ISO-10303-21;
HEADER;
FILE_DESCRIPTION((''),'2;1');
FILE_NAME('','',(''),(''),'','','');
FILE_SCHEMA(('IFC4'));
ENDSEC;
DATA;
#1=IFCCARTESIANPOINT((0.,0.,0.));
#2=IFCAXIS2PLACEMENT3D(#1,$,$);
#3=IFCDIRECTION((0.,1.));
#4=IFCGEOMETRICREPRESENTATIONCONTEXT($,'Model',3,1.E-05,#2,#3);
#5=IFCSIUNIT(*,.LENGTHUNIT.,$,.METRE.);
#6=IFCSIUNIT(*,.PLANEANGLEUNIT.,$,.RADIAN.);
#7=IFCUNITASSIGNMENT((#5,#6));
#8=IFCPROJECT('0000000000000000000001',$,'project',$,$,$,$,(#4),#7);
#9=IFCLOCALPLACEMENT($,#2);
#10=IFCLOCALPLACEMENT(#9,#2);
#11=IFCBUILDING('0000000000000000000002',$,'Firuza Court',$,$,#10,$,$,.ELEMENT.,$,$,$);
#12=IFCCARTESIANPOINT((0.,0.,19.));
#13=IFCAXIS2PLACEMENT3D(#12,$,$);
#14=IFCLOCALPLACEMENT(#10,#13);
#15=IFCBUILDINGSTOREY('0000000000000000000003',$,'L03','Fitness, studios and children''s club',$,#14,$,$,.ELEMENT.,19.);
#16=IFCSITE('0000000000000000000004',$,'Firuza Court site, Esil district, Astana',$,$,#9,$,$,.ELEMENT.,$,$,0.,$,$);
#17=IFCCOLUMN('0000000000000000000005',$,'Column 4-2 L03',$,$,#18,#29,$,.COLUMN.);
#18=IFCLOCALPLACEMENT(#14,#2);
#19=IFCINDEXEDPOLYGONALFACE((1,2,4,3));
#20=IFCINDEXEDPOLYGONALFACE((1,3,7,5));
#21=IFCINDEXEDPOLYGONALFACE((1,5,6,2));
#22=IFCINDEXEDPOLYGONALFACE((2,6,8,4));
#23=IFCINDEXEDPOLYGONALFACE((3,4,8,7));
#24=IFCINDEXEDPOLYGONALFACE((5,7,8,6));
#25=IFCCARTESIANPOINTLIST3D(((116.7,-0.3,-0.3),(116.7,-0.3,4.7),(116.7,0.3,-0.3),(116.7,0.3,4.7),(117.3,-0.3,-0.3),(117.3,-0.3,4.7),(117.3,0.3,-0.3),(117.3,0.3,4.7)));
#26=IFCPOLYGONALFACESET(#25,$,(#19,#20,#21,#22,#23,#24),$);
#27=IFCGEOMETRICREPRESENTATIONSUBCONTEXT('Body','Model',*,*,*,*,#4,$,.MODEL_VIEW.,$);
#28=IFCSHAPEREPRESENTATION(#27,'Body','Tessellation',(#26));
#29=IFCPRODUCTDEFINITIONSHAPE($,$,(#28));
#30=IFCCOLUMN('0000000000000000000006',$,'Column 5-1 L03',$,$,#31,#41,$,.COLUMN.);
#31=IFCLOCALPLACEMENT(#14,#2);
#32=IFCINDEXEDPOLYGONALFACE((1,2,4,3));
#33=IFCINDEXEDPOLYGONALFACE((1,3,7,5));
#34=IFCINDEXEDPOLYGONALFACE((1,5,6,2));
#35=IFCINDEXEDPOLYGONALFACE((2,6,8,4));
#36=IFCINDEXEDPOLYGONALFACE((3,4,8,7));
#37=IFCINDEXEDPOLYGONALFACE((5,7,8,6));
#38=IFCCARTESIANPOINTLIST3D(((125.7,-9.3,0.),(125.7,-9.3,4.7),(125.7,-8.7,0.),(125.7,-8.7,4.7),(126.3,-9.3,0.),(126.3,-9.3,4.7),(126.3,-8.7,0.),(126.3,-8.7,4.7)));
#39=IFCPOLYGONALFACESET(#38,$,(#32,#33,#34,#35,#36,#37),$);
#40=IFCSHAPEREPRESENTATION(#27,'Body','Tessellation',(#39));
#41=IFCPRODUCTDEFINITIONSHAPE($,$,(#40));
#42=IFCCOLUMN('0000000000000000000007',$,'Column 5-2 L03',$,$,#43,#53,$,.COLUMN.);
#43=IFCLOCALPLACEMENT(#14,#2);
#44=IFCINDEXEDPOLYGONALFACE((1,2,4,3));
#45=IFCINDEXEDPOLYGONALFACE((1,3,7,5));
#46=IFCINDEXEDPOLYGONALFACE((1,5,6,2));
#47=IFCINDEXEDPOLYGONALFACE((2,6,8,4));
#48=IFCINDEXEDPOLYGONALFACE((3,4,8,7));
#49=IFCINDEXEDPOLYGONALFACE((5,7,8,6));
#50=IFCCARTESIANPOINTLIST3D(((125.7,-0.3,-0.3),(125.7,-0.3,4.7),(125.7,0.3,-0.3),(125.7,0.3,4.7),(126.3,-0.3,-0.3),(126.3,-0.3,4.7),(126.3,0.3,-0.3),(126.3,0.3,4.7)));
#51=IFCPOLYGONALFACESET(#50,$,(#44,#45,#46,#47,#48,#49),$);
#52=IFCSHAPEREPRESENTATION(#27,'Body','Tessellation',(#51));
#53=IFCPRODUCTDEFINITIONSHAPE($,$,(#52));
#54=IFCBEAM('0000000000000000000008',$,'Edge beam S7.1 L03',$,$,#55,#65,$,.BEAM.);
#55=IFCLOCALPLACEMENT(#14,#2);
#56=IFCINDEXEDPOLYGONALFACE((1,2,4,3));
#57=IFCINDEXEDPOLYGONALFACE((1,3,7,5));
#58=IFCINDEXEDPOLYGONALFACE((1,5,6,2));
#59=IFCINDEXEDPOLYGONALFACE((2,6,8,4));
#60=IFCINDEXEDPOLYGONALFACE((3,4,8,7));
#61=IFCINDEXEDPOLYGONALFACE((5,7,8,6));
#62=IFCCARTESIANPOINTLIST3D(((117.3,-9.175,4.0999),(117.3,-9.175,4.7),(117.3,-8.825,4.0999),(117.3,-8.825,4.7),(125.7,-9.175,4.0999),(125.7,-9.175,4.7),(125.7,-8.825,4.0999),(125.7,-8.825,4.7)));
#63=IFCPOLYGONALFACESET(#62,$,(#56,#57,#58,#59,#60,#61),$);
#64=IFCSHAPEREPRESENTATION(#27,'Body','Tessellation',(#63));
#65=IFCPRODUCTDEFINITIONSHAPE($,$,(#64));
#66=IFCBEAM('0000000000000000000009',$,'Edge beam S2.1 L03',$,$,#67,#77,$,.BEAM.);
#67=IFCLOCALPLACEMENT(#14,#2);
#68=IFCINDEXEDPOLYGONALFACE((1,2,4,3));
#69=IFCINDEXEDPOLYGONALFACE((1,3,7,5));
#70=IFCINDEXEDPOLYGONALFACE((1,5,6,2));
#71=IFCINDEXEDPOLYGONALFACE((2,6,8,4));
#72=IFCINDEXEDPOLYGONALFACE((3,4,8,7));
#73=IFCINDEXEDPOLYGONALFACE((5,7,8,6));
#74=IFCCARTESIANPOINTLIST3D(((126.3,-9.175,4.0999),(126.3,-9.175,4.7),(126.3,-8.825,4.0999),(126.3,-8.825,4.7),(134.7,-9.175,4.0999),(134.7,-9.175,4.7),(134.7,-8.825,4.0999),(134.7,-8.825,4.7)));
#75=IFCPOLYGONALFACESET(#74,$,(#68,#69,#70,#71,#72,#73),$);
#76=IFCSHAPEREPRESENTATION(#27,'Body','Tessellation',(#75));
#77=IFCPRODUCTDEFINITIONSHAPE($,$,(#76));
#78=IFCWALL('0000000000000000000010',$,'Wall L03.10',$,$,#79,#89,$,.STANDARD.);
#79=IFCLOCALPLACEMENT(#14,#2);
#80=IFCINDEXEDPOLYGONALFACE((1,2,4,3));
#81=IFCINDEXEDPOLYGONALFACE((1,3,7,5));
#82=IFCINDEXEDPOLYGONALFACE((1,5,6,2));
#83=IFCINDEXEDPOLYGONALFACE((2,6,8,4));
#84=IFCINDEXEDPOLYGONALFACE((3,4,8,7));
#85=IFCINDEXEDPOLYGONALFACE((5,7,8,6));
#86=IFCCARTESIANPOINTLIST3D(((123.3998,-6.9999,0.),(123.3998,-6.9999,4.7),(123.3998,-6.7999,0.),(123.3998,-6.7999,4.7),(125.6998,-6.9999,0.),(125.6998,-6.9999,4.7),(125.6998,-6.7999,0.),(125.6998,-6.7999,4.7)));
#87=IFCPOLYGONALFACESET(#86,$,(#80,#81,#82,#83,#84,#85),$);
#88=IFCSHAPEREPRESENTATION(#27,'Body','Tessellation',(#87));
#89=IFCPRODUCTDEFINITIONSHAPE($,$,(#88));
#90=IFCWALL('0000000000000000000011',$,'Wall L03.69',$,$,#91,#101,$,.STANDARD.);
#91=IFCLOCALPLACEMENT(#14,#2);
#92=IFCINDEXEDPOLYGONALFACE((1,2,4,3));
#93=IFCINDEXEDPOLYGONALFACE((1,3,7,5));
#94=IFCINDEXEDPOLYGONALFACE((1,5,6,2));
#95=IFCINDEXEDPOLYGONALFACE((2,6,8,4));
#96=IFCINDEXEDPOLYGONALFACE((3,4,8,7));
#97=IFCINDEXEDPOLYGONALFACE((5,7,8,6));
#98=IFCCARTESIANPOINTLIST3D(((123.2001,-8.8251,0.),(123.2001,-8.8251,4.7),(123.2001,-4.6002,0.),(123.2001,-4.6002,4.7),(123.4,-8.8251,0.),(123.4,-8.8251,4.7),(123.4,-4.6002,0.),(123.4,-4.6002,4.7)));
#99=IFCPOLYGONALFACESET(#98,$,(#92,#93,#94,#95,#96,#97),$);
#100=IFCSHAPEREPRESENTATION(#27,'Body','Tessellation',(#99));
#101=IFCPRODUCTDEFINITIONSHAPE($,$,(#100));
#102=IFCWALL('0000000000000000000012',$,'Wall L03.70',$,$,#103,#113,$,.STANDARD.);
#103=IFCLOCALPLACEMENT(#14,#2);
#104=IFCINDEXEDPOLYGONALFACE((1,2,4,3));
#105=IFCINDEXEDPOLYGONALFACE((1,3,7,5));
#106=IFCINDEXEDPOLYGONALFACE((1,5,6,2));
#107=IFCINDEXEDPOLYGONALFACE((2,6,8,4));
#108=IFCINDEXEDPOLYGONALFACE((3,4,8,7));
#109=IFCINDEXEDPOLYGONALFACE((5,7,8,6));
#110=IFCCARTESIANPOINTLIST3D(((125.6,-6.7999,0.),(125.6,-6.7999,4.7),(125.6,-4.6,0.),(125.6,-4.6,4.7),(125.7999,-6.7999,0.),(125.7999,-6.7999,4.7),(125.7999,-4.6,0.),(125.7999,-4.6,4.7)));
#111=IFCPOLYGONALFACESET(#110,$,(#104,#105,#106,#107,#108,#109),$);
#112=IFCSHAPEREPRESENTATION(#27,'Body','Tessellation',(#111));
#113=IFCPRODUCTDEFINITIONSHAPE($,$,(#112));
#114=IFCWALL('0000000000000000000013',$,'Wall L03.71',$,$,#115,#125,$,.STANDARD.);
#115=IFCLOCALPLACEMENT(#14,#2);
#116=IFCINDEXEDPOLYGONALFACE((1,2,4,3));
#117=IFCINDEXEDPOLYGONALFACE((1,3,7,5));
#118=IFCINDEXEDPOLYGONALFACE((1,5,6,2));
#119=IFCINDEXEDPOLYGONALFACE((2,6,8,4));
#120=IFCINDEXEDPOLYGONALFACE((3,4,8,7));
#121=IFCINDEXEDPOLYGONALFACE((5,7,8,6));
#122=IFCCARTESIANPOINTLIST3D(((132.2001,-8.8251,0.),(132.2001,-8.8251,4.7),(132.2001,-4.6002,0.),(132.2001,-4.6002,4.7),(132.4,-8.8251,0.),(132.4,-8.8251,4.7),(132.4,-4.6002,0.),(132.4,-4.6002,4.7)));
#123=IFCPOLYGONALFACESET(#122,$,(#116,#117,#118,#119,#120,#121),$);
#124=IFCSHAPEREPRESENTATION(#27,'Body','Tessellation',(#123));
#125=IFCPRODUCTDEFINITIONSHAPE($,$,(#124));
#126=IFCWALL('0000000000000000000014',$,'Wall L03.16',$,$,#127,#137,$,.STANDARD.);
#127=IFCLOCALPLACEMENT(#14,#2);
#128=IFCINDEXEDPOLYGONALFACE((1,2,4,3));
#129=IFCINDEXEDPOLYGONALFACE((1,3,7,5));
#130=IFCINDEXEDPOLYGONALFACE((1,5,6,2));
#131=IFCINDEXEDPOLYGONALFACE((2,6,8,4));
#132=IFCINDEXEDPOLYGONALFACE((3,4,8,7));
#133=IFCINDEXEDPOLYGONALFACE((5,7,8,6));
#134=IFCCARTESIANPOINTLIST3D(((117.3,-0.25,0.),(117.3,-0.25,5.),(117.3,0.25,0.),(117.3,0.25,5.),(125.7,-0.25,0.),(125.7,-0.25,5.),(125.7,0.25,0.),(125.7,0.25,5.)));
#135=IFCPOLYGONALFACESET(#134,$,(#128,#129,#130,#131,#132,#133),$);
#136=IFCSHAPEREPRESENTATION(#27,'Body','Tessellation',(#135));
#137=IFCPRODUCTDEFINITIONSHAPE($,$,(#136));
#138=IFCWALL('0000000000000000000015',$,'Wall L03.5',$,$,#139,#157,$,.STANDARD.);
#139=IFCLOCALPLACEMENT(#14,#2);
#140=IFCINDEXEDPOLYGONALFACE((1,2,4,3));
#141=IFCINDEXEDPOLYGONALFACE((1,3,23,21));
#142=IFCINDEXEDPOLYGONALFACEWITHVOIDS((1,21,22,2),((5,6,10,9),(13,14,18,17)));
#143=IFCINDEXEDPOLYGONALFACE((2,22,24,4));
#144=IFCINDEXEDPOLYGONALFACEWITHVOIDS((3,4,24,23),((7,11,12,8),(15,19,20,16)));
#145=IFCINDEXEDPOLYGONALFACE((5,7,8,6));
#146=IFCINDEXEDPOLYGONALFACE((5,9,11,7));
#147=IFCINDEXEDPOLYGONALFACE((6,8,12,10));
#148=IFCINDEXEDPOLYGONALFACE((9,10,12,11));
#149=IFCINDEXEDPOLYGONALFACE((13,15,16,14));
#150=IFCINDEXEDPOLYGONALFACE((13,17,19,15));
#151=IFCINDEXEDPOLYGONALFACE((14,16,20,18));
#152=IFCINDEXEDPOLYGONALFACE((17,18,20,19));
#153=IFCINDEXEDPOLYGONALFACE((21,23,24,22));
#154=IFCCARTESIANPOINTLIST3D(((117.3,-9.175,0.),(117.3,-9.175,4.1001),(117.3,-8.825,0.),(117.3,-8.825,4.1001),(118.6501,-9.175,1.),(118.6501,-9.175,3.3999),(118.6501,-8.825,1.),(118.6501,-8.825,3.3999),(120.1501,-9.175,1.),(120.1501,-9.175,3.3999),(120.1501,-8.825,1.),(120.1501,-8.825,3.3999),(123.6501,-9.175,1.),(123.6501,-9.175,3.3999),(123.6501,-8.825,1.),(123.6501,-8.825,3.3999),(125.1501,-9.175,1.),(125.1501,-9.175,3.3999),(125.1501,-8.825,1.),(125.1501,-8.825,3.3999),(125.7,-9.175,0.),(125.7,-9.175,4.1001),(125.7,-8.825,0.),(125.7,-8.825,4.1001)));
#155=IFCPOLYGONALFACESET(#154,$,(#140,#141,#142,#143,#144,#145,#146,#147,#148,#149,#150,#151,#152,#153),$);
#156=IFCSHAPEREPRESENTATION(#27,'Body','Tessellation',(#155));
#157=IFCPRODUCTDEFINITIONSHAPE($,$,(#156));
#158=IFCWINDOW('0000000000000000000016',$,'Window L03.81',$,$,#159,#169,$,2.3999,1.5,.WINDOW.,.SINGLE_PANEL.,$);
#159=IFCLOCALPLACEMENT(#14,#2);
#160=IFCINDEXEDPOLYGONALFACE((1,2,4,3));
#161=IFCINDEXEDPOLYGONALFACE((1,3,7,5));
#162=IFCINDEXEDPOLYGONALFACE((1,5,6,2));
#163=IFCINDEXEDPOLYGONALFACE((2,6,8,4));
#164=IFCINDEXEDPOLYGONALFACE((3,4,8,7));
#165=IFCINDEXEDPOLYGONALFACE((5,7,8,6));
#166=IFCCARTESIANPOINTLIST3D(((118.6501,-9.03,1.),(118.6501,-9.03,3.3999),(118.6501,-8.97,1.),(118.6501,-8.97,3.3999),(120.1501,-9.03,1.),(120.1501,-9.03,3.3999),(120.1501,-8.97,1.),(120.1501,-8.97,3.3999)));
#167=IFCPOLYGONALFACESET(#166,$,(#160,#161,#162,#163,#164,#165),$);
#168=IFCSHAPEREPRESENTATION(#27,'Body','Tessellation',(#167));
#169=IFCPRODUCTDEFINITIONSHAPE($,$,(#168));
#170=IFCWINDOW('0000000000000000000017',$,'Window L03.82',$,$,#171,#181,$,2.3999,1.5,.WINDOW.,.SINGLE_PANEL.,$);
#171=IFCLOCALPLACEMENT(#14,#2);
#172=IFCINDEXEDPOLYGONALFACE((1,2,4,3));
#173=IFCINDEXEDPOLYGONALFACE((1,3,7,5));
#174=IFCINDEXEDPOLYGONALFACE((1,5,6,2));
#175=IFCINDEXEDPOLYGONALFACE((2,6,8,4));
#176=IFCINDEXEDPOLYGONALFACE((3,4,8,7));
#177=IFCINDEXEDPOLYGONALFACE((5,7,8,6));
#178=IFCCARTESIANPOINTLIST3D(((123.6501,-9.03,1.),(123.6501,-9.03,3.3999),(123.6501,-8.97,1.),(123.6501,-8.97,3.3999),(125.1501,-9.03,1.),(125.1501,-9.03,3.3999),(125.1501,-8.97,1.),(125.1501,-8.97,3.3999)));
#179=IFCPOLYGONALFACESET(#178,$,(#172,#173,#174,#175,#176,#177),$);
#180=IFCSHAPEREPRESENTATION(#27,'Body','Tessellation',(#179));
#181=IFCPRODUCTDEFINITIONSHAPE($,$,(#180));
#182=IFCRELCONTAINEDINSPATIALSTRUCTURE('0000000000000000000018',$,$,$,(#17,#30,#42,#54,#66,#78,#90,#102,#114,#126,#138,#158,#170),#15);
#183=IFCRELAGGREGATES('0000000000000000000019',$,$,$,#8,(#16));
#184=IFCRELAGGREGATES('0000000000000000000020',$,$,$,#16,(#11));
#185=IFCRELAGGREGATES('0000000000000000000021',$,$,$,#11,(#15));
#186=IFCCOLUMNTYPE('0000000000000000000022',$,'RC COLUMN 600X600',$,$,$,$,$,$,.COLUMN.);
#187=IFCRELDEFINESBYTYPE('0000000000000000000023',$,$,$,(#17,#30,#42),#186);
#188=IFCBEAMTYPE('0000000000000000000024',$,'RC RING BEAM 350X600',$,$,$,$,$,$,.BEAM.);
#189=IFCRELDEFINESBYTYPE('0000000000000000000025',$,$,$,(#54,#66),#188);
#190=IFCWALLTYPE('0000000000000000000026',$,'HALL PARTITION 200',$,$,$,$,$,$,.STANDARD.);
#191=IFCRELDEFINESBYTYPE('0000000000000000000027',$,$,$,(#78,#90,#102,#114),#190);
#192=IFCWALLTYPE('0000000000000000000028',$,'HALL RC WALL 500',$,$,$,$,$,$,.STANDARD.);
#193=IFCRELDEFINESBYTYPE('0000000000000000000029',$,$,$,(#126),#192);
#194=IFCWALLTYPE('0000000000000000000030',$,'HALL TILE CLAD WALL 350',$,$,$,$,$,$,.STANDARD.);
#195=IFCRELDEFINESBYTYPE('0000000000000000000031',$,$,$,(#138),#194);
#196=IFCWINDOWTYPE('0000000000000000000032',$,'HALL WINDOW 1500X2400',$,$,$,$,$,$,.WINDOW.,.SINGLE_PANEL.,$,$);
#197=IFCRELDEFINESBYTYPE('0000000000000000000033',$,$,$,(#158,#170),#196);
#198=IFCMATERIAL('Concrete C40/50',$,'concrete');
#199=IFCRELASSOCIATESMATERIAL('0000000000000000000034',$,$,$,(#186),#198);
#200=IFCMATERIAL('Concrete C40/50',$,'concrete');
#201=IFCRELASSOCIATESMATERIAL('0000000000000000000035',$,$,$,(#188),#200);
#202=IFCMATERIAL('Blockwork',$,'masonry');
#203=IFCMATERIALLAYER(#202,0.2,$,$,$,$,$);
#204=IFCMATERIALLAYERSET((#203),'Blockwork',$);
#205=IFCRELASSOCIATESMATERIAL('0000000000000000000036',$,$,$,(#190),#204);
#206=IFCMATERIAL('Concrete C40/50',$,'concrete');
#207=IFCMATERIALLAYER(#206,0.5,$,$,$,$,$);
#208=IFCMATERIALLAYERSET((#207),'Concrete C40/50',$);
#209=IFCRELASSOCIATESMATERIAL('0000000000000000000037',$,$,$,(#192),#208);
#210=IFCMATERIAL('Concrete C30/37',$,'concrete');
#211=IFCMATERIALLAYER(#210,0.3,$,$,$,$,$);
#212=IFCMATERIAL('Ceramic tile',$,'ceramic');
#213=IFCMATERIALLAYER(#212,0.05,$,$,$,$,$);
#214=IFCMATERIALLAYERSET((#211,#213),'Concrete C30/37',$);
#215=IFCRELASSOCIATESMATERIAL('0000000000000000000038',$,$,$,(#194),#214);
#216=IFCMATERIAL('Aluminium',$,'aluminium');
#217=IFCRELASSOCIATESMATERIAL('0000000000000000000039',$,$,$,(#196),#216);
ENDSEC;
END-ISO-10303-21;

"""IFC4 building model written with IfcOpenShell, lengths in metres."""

from ifc_helpers import new_model, si_unit, direction, frame, frame_2d, origin, origin_2d, place, context, subcontext, project, spatial, rectangle, extrude, material, layer, layer_set, material_profile, profile_set, type_object, element, fill, save


model = new_model("IFC4")

# Units and contexts
model_context = context("Model", 3, precision=1e-05, world=origin(), true_north=direction((0.0, 1.0)))
body_context = subcontext(model_context, "Body", "Model", "MODEL_VIEW")
ifc_project = project(units=[si_unit("LENGTHUNIT", "METRE"), si_unit("PLANEANGLEUNIT", "RADIAN")], contexts=[model_context])

# Site, building, storey
site_placement = place(None, origin())
site = spatial("IfcSite", under=ifc_project, at=site_placement, Name="Firuza Court site, Esil district, Astana", CompositionType="ELEMENT", RefElevation=0.0)
building_placement = place(site_placement, origin())
building = spatial("IfcBuilding", under=site, at=building_placement, Name="Firuza Court", CompositionType="ELEMENT")
storey_placement = place(building_placement, frame((0.0, 0.0, 19.0)))
storey = spatial("IfcBuildingStorey", under=building, at=storey_placement, Name="L03", Description="Fitness, studios and children's club", CompositionType="ELEMENT", Elevation=19.0)

# Columns
ifc_material_1 = material(Name="Concrete C40/50", Category="concrete")
ifc_material_profile_1 = material_profile(ifc_material_1, rectangle(XDim=0.6001, YDim=0.6001, at=origin_2d()), Name="RC 600X600")
ifc_profile_set_1 = profile_set([ifc_material_profile_1], Name="Concrete C40/50")
column_type = type_object("IfcColumnType", Name="RC COLUMN 600X600", PredefinedType="COLUMN", material=ifc_profile_set_1)
column_1_placement = place(storey_placement, frame((117.0, 0.0, -0.3), z_axis=(0.0, 0.0, 1.0), x_axis=(1.0, 0.0, 0.0)))
element("IfcColumn", 1, at=column_1_placement, inside=storey, type_object=column_type, Name="Column 4-2 L03", PredefinedType="COLUMN", context=body_context, shape_type="SweptSolid", body=[
    extrude(rectangle(XDim=0.6001, YDim=0.6001, at=origin_2d()), origin(), (0.0, 0.0, 1.0), 5.0),
])
column_2_placement = place(storey_placement, frame((126.0, -9.0, 0.0), z_axis=(0.0, 0.0, 1.0), x_axis=(1.0, 0.0, 0.0)))
element("IfcColumn", 2, at=column_2_placement, inside=storey, type_object=column_type, Name="Column 5-1 L03", PredefinedType="COLUMN", context=body_context, shape_type="SweptSolid", body=[
    extrude(rectangle(XDim=0.6001, YDim=0.6001, at=origin_2d()), origin(), (0.0, 0.0, 1.0), 4.7),
])
column_3_placement = place(storey_placement, frame((126.0, 0.0, -0.3), z_axis=(0.0, 0.0, 1.0), x_axis=(1.0, 0.0, 0.0)))
element("IfcColumn", 3, at=column_3_placement, inside=storey, type_object=column_type, Name="Column 5-2 L03", PredefinedType="COLUMN", context=body_context, shape_type="SweptSolid", body=[
    extrude(rectangle(XDim=0.6001, YDim=0.6001, at=origin_2d()), origin(), (0.0, 0.0, 1.0), 5.0),
])

# Beams
ifc_material_2 = material(Name="Concrete C40/50", Category="concrete")
ifc_material_profile_2 = material_profile(ifc_material_2, rectangle(XDim=0.3501, YDim=0.6001, at=origin_2d()), Name="RC 350X600")
ifc_profile_set_2 = profile_set([ifc_material_profile_2], Name="Concrete C40/50")
beam_type = type_object("IfcBeamType", Name="RC RING BEAM 350X600", PredefinedType="BEAM", material=ifc_profile_set_2)
for number, where, z_axis, x_axis, name in (
    (4, (117.3, -9.0, 4.3999), (1.0, 0.0, 0.0), (0.0, 1.0, 0.0), "Edge beam S7.1 L03"),
    (5, (126.3, -9.0, 4.3999), (1.0, 0.0, 0.0), (0.0, 1.0, 0.0), "Edge beam S2.1 L03"),
):
    element("IfcBeam", number, at=place(storey_placement, frame(where, z_axis=z_axis, x_axis=x_axis)), inside=storey, type_object=beam_type, Name=name, PredefinedType="BEAM", context=body_context, shape_type="SweptSolid", body=[
        extrude(rectangle(XDim=0.3501, YDim=0.6001, at=origin_2d()), origin(), (0.0, 0.0, 1.0), 8.3999),
    ])

# Walls
ifc_material_3 = material(Name="Blockwork", Category="masonry")
ifc_layer_1 = layer(ifc_material_3, 0.2)
ifc_layer_set_1 = layer_set([ifc_layer_1], Name="Blockwork")
wall_type_1 = type_object("IfcWallType", Name="HALL PARTITION 200", PredefinedType="STANDARD", material=ifc_layer_set_1)
wall_1_placement = place(storey_placement, frame((123.3999, -6.8999, 0.0), z_axis=(0.0, 0.0, 1.0), x_axis=(1.0, 0.0, 0.0)))
element("IfcWall", 6, at=wall_1_placement, inside=storey, type_object=wall_type_1, Name="Wall L03.10", PredefinedType="STANDARD", context=body_context, shape_type="SweptSolid", body=[
    extrude(rectangle(XDim=2.3, YDim=0.2, at=frame_2d((1.1499, 0.0))), origin(), (0.0, 0.0, 1.0), 4.7),
])
wall_2_placement = place(storey_placement, frame((123.3, -8.825, 0.0), z_axis=(0.0, 0.0, 1.0), x_axis=(0.0, 1.0, 0.0)))
element("IfcWall", 7, at=wall_2_placement, inside=storey, type_object=wall_type_1, Name="Wall L03.69", PredefinedType="STANDARD", context=body_context, shape_type="SweptSolid", body=[
    extrude(rectangle(XDim=4.2249, YDim=0.2, at=frame_2d((2.1123, 0.0))), origin(), (0.0, 0.0, 1.0), 4.7),
])
wall_3_placement = place(storey_placement, frame((125.7, -6.8, 0.0), z_axis=(0.0, 0.0, 1.0), x_axis=(0.0, 1.0, 0.0)))
element("IfcWall", 8, at=wall_3_placement, inside=storey, type_object=wall_type_1, Name="Wall L03.70", PredefinedType="STANDARD", context=body_context, shape_type="SweptSolid", body=[
    extrude(rectangle(XDim=2.2, YDim=0.2, at=frame_2d((1.1001, 0.0))), origin(), (0.0, 0.0, 1.0), 4.7),
])
wall_4_placement = place(storey_placement, frame((132.3, -8.825, 0.0), z_axis=(0.0, 0.0, 1.0), x_axis=(0.0, 1.0, 0.0)))
element("IfcWall", 9, at=wall_4_placement, inside=storey, type_object=wall_type_1, Name="Wall L03.71", PredefinedType="STANDARD", context=body_context, shape_type="SweptSolid", body=[
    extrude(rectangle(XDim=4.2249, YDim=0.2, at=frame_2d((2.1123, 0.0))), origin(), (0.0, 0.0, 1.0), 4.7),
])
ifc_material_4 = material(Name="Concrete C40/50", Category="concrete")
ifc_layer_2 = layer(ifc_material_4, 0.5)
ifc_layer_set_2 = layer_set([ifc_layer_2], Name="Concrete C40/50")
wall_type_2 = type_object("IfcWallType", Name="HALL RC WALL 500", PredefinedType="STANDARD", material=ifc_layer_set_2)
wall_5_placement = place(storey_placement, frame((117.3, 0.0, 0.0), z_axis=(0.0, 0.0, 1.0), x_axis=(1.0, 0.0, 0.0)))
element("IfcWall", 10, at=wall_5_placement, inside=storey, type_object=wall_type_2, Name="Wall L03.16", PredefinedType="STANDARD", context=body_context, shape_type="SweptSolid", body=[
    extrude(rectangle(XDim=8.3999, YDim=0.5, at=frame_2d((4.2, 0.0))), origin(), (0.0, 0.0, 1.0), 5.0),
])

# Wall, openings, windows
ifc_material_5 = material(Name="Concrete C30/37", Category="concrete")
ifc_layer_3 = layer(ifc_material_5, 0.3)
ifc_material_6 = material(Name="Ceramic tile", Category="ceramic")
ifc_layer_4 = layer(ifc_material_6, 0.05)
ifc_layer_set_3 = layer_set([ifc_layer_3, ifc_layer_4], Name="Concrete C30/37")
wall_type_3 = type_object("IfcWallType", Name="HALL TILE CLAD WALL 350", PredefinedType="STANDARD", material=ifc_layer_set_3)
wall_6_placement = place(storey_placement, frame((117.3, -9.0, 0.0), z_axis=(0.0, 0.0, 1.0), x_axis=(1.0, 0.0, 0.0)))
wall_6 = element("IfcWall", 11, at=wall_6_placement, inside=storey, type_object=wall_type_3, Name="Wall L03.5", PredefinedType="STANDARD", context=body_context, shape_type="SweptSolid", body=[
    extrude(rectangle(XDim=8.3999, YDim=0.3501, at=frame_2d((4.2, 0.0))), origin(), (0.0, 0.0, 1.0), 4.1001),
])
opening_1_placement = place(wall_6_placement, frame((1.3501, 0.0, 1.0)))
opening_1 = element("IfcOpeningElement", 12, at=opening_1_placement, cuts=wall_6, PredefinedType="OPENING", context=body_context, shape_type="SweptSolid", body=[
    extrude(rectangle(XDim=1.5, YDim=2.3999, at=frame_2d((0.75, 1.2))), frame((0.0, 0.187, 0.0), z_axis=(0.0, -1.0, 0.0), x_axis=(1.0, 0.0, 0.0)), (0.0, 0.0, 1.0), 0.374),
])
opening_2_placement = place(wall_6_placement, frame((6.3501, 0.0, 1.0)))
opening_2 = element("IfcOpeningElement", 13, at=opening_2_placement, cuts=wall_6, PredefinedType="OPENING", context=body_context, shape_type="SweptSolid", body=[
    extrude(rectangle(XDim=1.5, YDim=2.3999, at=frame_2d((0.75, 1.2))), frame((0.0, 0.187, 0.0), z_axis=(0.0, -1.0, 0.0), x_axis=(1.0, 0.0, 0.0)), (0.0, 0.0, 1.0), 0.374),
])
ifc_material_7 = material(Name="Aluminium", Category="aluminium")
window_type = type_object("IfcWindowType", Name="HALL WINDOW 1500X2400", PartitioningType="SINGLE_PANEL", PredefinedType="WINDOW", material=ifc_material_7)
window_1_placement = place(opening_1_placement, origin())
window_1 = element("IfcWindow", 14, at=window_1_placement, inside=storey, type_object=window_type, Name="Window L03.81", OverallHeight=2.3999, OverallWidth=1.5, PartitioningType="SINGLE_PANEL", PredefinedType="WINDOW", context=body_context, shape_type="SweptSolid", body=[
    extrude(rectangle(XDim=1.5, YDim=2.3999, at=frame_2d((0.75, 1.2))), frame((0.0, 0.03, 0.0), z_axis=(0.0, -1.0, 0.0), x_axis=(1.0, 0.0, 0.0)), (0.0, 0.0, 1.0), 0.0601),
])
fill(opening_1, window_1)
window_2_placement = place(opening_2_placement, origin())
window_2 = element("IfcWindow", 15, at=window_2_placement, inside=storey, type_object=window_type, Name="Window L03.82", OverallHeight=2.3999, OverallWidth=1.5, PartitioningType="SINGLE_PANEL", PredefinedType="WINDOW", context=body_context, shape_type="SweptSolid", body=[
    extrude(rectangle(XDim=1.5, YDim=2.3999, at=frame_2d((0.75, 1.2))), frame((0.0, 0.03, 0.0), z_axis=(0.0, -1.0, 0.0), x_axis=(1.0, 0.0, 0.0)), (0.0, 0.0, 1.0), 0.0601),
])
fill(opening_2, window_2)

save(model, "model.ifc")
